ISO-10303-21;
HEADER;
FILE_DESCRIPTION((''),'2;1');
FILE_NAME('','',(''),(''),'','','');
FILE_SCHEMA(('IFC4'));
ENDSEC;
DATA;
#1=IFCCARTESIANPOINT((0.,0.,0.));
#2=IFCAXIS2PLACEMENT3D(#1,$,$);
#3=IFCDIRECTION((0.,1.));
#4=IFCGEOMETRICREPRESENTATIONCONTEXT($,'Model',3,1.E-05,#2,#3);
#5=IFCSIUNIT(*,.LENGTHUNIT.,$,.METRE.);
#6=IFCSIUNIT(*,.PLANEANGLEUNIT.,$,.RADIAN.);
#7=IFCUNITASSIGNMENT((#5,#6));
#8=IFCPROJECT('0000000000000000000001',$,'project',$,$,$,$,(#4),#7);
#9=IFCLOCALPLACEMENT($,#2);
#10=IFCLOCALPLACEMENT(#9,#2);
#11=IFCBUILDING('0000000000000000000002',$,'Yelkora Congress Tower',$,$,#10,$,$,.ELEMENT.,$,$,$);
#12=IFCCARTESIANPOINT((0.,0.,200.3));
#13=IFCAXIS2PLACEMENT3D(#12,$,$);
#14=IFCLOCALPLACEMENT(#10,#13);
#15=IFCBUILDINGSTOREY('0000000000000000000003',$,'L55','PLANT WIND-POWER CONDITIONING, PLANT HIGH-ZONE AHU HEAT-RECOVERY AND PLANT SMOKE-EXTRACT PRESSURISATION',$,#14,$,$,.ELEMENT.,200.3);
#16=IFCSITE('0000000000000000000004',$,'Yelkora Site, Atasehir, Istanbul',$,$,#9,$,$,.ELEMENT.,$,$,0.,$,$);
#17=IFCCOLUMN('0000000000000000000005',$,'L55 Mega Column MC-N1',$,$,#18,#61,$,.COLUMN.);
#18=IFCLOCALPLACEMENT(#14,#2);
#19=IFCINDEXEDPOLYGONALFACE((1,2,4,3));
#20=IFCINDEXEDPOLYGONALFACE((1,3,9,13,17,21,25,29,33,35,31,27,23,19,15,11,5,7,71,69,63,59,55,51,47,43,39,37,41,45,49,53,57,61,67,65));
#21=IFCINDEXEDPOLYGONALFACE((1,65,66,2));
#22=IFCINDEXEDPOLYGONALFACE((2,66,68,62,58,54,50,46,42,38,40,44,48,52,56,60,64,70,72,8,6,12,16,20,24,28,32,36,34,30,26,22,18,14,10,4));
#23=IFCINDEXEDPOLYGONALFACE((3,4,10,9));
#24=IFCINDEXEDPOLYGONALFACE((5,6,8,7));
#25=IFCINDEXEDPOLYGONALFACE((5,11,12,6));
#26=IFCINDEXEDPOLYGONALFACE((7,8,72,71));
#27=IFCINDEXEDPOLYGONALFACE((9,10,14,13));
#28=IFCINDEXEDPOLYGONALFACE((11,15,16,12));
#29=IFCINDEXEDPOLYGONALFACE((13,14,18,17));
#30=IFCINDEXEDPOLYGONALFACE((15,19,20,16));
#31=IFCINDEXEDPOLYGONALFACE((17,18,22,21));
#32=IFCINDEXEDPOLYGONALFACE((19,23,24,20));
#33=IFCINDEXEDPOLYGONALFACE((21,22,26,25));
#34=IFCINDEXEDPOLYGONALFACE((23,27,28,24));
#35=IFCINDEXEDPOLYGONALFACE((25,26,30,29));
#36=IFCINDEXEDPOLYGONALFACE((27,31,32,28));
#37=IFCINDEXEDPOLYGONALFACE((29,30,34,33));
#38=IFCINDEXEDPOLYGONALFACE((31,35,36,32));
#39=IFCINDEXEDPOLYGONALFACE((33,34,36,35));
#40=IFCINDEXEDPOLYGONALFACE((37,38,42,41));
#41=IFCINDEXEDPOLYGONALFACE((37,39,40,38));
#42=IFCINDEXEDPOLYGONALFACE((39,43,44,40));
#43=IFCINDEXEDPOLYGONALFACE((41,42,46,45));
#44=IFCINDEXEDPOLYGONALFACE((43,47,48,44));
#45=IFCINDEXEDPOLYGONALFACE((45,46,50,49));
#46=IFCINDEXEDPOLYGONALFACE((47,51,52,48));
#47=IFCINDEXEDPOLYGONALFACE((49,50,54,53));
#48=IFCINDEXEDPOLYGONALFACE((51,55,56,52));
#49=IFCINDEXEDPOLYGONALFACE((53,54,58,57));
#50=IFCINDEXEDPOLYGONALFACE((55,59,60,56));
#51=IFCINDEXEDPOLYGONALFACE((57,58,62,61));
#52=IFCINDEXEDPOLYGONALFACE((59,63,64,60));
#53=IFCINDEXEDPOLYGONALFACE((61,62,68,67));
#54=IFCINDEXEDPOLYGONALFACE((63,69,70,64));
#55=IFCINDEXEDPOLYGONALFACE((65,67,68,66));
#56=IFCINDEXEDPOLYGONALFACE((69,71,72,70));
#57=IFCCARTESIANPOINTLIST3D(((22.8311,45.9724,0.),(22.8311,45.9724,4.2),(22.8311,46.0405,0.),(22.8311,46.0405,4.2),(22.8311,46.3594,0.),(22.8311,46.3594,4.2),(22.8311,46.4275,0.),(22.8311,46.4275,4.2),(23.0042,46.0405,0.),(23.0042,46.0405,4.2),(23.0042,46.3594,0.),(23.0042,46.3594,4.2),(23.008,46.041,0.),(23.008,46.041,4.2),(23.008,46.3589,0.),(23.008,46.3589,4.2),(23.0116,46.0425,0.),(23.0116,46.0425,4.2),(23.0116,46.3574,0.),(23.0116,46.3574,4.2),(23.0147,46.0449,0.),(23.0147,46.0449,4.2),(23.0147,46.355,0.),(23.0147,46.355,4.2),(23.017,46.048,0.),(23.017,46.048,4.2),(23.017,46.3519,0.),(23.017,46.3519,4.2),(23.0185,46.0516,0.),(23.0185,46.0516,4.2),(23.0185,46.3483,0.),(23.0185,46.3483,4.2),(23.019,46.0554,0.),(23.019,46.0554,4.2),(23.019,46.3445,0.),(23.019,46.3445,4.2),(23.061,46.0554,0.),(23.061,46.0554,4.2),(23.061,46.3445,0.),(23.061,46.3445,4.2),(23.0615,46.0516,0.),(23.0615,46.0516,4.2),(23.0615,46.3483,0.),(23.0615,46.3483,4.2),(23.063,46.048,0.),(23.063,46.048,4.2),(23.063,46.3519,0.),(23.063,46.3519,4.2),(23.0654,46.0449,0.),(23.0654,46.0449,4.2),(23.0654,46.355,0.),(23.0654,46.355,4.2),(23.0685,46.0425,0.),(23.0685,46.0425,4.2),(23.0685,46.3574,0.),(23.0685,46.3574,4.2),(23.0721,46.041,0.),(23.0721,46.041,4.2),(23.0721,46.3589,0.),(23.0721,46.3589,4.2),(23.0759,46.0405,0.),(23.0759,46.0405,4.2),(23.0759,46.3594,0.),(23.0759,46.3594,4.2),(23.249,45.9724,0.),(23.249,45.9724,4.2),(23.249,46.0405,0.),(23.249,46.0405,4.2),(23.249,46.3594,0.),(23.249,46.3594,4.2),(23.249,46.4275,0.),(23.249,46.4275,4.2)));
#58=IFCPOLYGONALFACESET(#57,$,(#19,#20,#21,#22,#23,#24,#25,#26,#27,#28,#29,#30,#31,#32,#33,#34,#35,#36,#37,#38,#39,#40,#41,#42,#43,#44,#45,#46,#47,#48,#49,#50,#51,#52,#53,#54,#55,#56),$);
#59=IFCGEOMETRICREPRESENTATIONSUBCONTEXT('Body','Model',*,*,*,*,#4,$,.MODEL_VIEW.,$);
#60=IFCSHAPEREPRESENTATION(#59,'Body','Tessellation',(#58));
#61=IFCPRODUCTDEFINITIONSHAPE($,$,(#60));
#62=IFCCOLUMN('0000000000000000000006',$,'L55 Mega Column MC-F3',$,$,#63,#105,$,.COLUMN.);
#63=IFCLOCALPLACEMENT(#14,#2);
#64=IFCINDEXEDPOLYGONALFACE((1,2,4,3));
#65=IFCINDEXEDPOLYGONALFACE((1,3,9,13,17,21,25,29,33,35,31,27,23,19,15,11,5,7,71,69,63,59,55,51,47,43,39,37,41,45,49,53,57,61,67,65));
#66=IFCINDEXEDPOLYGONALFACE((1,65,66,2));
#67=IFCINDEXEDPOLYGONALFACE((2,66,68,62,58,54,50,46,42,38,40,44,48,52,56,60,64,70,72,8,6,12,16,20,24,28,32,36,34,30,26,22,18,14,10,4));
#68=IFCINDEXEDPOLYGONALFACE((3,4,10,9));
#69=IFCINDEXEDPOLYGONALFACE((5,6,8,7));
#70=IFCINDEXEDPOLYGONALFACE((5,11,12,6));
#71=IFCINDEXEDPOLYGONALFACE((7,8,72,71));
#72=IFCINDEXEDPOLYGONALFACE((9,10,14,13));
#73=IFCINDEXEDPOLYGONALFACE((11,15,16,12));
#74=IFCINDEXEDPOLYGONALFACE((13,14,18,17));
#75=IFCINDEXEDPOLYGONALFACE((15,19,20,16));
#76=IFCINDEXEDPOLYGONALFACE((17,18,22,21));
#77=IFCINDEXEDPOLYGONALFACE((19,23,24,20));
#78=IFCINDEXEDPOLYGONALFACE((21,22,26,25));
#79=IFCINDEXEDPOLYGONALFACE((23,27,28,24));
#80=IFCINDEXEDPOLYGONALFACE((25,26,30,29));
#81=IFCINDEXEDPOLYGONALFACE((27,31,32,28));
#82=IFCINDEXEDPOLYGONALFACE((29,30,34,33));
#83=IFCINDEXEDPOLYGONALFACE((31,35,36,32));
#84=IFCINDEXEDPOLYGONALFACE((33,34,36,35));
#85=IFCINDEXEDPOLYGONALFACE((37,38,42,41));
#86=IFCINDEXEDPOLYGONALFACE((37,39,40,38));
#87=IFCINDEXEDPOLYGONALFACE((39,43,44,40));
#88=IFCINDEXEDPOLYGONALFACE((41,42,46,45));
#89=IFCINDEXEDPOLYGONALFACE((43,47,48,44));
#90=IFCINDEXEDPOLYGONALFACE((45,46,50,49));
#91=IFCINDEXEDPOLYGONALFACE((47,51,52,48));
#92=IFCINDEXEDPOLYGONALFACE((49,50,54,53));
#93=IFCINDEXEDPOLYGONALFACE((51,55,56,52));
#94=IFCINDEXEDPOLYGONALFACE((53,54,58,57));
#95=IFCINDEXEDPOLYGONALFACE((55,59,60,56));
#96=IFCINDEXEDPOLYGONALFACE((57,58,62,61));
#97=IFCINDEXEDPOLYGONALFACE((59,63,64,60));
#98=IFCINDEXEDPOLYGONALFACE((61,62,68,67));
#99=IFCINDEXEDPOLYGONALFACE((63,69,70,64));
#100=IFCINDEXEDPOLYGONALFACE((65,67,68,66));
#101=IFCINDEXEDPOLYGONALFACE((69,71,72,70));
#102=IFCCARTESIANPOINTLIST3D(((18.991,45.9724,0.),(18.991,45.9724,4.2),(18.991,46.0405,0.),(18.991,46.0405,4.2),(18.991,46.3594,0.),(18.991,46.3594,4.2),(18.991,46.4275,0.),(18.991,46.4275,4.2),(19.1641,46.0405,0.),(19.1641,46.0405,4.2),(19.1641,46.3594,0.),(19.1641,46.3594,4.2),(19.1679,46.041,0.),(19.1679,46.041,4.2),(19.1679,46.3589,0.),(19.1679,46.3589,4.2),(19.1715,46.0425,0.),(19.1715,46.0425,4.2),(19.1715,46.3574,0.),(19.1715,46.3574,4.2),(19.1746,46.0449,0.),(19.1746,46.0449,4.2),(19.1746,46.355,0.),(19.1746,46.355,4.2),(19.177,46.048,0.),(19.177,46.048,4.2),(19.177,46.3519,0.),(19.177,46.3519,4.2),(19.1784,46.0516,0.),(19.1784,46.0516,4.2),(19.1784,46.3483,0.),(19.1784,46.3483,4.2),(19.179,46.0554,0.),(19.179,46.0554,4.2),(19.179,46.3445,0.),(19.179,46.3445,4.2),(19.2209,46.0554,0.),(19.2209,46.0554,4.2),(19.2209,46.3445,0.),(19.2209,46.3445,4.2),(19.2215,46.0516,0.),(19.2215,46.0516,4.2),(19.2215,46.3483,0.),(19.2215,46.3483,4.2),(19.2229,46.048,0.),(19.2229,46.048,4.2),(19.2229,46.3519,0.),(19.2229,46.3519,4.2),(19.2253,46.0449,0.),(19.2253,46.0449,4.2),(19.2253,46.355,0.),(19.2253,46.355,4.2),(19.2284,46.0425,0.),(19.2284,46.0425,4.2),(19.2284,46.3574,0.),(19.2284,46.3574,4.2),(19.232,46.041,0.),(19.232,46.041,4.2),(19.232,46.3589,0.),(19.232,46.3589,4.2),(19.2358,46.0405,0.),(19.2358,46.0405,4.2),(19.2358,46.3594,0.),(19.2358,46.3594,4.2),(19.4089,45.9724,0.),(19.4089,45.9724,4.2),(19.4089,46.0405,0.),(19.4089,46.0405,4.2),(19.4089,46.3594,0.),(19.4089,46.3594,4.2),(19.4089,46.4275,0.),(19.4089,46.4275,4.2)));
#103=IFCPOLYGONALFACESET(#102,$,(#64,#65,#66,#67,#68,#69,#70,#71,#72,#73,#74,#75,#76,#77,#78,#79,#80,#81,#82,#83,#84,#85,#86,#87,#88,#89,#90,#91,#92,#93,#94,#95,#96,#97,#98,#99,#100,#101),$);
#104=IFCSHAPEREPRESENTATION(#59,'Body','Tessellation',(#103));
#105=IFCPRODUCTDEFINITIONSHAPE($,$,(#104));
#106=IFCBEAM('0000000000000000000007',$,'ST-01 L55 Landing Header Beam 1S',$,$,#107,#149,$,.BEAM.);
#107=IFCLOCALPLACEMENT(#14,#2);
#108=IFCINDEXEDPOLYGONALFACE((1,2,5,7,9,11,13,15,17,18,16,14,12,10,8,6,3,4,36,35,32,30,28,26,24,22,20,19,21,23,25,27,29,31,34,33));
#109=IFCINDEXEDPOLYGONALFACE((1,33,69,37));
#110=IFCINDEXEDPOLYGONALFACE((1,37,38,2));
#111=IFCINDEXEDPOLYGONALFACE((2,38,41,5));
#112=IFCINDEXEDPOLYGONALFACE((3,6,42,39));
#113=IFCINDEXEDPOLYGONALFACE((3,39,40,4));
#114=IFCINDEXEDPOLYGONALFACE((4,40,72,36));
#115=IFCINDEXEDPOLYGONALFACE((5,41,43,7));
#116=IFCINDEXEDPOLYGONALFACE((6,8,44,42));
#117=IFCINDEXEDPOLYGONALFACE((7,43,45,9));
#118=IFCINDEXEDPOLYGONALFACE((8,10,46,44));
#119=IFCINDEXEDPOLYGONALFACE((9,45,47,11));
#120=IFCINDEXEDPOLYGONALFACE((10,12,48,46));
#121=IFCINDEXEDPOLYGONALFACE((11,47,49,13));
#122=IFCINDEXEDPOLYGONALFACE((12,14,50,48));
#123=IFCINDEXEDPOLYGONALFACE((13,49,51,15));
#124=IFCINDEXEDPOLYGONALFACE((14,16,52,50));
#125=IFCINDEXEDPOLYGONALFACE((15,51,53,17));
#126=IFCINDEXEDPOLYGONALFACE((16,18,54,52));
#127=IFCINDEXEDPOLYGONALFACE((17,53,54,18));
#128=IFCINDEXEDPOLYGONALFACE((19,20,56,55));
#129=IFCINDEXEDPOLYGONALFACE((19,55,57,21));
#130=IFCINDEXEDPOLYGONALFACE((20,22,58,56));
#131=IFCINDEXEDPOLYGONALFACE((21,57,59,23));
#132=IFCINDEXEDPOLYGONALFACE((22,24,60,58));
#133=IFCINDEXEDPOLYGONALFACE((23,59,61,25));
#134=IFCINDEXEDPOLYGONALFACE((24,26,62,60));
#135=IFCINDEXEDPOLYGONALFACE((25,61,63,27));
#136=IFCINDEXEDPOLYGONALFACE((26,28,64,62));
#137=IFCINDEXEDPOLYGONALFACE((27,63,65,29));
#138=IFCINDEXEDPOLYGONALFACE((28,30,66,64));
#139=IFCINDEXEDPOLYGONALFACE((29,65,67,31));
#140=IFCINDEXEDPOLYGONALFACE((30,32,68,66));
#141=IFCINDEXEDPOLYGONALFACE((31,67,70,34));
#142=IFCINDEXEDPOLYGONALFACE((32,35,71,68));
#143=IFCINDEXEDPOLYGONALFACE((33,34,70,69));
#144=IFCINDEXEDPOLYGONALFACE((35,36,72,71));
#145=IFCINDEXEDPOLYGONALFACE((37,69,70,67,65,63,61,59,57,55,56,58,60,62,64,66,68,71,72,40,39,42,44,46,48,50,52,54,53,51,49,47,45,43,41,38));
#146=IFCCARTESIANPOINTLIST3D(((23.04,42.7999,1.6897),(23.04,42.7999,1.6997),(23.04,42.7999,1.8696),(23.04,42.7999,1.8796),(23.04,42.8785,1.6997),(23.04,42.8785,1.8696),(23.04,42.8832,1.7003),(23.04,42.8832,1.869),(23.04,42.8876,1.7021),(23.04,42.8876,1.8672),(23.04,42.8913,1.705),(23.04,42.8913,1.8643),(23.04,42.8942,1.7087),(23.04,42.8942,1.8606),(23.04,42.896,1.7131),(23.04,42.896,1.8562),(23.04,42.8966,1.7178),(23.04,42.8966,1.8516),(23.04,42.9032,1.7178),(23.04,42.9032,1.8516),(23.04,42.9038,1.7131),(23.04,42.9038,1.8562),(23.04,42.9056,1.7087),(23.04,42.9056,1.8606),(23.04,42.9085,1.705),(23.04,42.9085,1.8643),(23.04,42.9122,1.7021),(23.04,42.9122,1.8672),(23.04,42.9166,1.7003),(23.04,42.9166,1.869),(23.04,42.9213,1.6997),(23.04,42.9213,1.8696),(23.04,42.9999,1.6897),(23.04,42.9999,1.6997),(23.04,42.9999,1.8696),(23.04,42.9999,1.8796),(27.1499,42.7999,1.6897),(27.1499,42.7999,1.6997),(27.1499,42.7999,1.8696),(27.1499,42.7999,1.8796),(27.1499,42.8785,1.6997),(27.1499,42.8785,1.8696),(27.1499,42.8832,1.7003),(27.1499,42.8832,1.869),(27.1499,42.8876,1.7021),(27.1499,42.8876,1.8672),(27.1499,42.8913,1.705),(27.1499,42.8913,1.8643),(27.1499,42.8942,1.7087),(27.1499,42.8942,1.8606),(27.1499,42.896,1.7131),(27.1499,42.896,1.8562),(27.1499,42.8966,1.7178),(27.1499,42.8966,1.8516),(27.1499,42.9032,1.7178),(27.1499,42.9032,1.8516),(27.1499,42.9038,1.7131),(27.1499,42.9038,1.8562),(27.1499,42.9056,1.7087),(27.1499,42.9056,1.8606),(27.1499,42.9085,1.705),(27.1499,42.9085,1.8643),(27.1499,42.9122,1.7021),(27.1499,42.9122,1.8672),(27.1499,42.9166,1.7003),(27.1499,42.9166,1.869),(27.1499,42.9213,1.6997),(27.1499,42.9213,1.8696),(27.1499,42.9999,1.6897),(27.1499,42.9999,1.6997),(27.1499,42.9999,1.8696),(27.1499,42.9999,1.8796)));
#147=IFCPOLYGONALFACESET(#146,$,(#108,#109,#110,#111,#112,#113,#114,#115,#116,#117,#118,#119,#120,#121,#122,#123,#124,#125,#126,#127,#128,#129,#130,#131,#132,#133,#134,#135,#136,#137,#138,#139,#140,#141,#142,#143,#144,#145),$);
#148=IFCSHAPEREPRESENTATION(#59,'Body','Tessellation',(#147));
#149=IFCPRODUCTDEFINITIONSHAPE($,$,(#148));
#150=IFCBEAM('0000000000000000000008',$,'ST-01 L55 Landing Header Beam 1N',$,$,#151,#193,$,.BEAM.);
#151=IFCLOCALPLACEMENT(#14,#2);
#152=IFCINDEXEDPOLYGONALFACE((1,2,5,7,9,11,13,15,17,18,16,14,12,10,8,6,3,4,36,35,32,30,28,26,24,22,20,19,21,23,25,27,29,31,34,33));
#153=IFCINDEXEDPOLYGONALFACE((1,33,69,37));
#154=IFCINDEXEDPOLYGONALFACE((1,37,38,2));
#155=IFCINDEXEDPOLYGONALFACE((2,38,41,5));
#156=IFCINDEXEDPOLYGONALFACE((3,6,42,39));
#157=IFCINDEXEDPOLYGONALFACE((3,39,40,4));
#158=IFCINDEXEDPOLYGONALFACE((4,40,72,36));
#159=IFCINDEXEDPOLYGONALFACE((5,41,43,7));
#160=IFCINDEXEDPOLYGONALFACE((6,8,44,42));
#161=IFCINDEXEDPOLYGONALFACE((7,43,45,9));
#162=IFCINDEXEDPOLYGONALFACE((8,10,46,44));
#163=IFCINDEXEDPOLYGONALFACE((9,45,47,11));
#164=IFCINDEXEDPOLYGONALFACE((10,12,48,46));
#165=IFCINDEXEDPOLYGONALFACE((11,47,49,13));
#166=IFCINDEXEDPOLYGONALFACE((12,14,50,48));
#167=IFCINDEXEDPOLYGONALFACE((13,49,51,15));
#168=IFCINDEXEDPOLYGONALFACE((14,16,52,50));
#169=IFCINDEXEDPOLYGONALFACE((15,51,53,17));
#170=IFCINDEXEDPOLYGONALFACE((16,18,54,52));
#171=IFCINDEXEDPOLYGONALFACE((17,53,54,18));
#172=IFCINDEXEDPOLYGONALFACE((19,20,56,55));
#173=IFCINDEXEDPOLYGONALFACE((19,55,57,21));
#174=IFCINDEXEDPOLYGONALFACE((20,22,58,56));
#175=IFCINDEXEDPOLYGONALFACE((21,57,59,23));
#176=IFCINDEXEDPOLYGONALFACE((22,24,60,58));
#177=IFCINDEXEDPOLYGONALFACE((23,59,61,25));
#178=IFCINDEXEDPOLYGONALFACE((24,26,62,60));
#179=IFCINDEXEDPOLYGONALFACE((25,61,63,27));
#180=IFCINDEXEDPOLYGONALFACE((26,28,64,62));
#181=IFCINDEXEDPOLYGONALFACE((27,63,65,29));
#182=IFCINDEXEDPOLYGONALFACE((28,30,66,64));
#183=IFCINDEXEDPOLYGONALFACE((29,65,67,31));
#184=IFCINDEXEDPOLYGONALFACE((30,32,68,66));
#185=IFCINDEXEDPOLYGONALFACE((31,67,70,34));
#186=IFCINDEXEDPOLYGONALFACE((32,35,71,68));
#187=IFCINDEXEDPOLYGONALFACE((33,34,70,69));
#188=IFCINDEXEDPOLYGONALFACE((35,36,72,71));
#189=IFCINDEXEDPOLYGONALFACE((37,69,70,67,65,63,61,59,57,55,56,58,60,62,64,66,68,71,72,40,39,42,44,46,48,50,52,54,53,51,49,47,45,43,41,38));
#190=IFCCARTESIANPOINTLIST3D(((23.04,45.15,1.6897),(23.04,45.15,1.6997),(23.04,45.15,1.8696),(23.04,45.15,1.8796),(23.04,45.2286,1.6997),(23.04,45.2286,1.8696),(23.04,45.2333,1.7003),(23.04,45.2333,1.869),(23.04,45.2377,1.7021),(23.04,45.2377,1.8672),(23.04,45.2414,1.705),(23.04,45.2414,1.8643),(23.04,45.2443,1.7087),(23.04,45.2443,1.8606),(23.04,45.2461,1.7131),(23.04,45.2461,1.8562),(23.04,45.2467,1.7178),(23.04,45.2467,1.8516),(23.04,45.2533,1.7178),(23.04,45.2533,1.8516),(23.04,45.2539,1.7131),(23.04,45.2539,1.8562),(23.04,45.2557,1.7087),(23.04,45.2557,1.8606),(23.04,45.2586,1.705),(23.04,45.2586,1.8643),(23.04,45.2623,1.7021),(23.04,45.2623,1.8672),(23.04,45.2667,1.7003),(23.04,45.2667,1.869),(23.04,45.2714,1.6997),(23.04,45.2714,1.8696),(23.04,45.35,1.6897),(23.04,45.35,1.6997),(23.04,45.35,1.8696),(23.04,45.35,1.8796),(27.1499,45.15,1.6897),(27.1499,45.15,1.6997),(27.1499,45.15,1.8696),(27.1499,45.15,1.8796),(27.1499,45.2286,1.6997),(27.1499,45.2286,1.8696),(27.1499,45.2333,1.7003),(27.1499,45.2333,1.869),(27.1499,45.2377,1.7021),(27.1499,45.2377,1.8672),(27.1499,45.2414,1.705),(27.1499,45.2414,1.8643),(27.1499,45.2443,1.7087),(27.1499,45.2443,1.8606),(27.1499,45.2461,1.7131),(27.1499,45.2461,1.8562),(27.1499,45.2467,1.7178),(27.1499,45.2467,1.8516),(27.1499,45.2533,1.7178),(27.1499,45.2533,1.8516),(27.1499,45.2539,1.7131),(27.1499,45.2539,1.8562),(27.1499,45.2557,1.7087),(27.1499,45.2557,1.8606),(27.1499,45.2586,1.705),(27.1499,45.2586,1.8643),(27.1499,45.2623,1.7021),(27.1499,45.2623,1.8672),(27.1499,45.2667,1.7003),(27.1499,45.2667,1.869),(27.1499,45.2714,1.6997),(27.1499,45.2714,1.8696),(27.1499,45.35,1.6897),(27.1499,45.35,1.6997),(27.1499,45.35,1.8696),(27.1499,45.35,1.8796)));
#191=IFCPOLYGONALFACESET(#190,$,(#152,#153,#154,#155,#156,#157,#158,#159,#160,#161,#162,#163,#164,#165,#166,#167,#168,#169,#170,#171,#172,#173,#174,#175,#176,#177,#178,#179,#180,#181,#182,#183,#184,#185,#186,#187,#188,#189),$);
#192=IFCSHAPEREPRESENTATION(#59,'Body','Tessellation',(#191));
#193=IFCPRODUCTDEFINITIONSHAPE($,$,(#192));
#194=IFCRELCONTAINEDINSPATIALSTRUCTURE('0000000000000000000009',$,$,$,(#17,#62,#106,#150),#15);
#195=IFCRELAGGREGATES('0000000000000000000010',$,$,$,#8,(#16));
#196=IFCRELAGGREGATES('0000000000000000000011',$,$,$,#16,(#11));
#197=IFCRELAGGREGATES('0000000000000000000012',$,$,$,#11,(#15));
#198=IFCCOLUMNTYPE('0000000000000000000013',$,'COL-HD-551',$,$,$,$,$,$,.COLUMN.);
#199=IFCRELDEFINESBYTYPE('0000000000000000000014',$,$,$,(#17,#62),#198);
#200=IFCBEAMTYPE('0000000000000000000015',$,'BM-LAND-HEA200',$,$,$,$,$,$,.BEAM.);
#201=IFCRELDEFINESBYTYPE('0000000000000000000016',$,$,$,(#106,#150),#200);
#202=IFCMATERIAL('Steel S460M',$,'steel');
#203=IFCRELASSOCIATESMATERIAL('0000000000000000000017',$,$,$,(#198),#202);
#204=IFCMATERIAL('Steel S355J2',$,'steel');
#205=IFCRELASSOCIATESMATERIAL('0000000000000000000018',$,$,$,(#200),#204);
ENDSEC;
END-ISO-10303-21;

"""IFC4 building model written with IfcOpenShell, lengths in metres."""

from ifc_helpers import new_model, si_unit, direction, frame, origin, origin_2d, place, context, subcontext, project, spatial, i_section, extrude, material, material_profile, profile_set, type_object, element, save


model = new_model("IFC4")

# Units and contexts
model_context = context("Model", 3, precision=1e-05, world=origin(), true_north=direction((0.0, 1.0)))
body_context = subcontext(model_context, "Body", "Model", "MODEL_VIEW")
ifc_project = project(units=[si_unit("LENGTHUNIT", "METRE"), si_unit("PLANEANGLEUNIT", "RADIAN")], contexts=[model_context])

# Site, building, storey
site_placement = place(None, origin())
site = spatial("IfcSite", under=ifc_project, at=site_placement, Name="Yelkora Site, Atasehir, Istanbul", CompositionType="ELEMENT", RefElevation=0.0)
building_placement = place(site_placement, origin())
building = spatial("IfcBuilding", under=site, at=building_placement, Name="Yelkora Congress Tower", CompositionType="ELEMENT")
storey_placement = place(building_placement, frame((0.0, 0.0, 200.3)))
storey = spatial("IfcBuildingStorey", under=building, at=storey_placement, Name="L55", Description="PLANT WIND-POWER CONDITIONING, PLANT HIGH-ZONE AHU HEAT-RECOVERY AND PLANT SMOKE-EXTRACT PRESSURISATION", CompositionType="ELEMENT", Elevation=200.3)

# Columns
ifc_material_1 = material(Name="Steel S460M", Category="steel")
ifc_material_profile_1 = material_profile(ifc_material_1, i_section(OverallWidth=0.418, OverallDepth=0.4551, WebThickness=0.042, FlangeThickness=0.0681, FilletRadius=0.0149, at=origin_2d()), Name="HD 400x551")
ifc_profile_set_1 = profile_set([ifc_material_profile_1], Name="Steel S460M")
column_type = type_object("IfcColumnType", Name="COL-HD-551", PredefinedType="COLUMN", material=ifc_profile_set_1)
for number, where, z_axis, x_axis, name in (
    (1, (23.04, 46.2, 0.0), (0.0, 0.0, 1.0), (1.0, 0.0, 0.0), "L55 Mega Column MC-N1"),
    (2, (19.2, 46.2, 0.0), (0.0, 0.0, 1.0), (1.0, 0.0, 0.0), "L55 Mega Column MC-F3"),
):
    element("IfcColumn", number, at=place(storey_placement, frame(where, z_axis=z_axis, x_axis=x_axis)), inside=storey, type_object=column_type, Name=name, PredefinedType="COLUMN", context=body_context, shape_type="SweptSolid", body=[
        extrude(i_section(OverallWidth=0.418, OverallDepth=0.4551, WebThickness=0.042, FlangeThickness=0.0681, FilletRadius=0.0149, at=origin_2d()), origin(), (0.0, 0.0, 1.0), 4.2),
    ])

# Beams
ifc_material_2 = material(Name="Steel S355J2", Category="steel")
ifc_material_profile_2 = material_profile(ifc_material_2, i_section(OverallWidth=0.2, OverallDepth=0.1899, WebThickness=0.0066, FlangeThickness=0.01, FilletRadius=0.0181, at=origin_2d()), Name="HEA 200")
ifc_profile_set_2 = profile_set([ifc_material_profile_2], Name="Steel S355J2")
beam_type = type_object("IfcBeamType", Name="BM-LAND-HEA200", PredefinedType="BEAM", material=ifc_profile_set_2)
for number, where, z_axis, x_axis, name in (
    (3, (23.04, 42.8999, 1.7847), (1.0, 0.0, 0.0), (0.0, 1.0, 0.0), "ST-01 L55 Landing Header Beam 1S"),
    (4, (23.04, 45.25, 1.7847), (1.0, 0.0, 0.0), (0.0, 1.0, 0.0), "ST-01 L55 Landing Header Beam 1N"),
):
    element("IfcBeam", number, at=place(storey_placement, frame(where, z_axis=z_axis, x_axis=x_axis)), inside=storey, type_object=beam_type, Name=name, PredefinedType="BEAM", context=body_context, shape_type="SweptSolid", body=[
        extrude(i_section(OverallWidth=0.2, OverallDepth=0.1899, WebThickness=0.0066, FlangeThickness=0.01, FilletRadius=0.0181, at=origin_2d()), origin(), (0.0, 0.0, 1.0), 4.1099),
    ])

save(model, "model.ifc")
